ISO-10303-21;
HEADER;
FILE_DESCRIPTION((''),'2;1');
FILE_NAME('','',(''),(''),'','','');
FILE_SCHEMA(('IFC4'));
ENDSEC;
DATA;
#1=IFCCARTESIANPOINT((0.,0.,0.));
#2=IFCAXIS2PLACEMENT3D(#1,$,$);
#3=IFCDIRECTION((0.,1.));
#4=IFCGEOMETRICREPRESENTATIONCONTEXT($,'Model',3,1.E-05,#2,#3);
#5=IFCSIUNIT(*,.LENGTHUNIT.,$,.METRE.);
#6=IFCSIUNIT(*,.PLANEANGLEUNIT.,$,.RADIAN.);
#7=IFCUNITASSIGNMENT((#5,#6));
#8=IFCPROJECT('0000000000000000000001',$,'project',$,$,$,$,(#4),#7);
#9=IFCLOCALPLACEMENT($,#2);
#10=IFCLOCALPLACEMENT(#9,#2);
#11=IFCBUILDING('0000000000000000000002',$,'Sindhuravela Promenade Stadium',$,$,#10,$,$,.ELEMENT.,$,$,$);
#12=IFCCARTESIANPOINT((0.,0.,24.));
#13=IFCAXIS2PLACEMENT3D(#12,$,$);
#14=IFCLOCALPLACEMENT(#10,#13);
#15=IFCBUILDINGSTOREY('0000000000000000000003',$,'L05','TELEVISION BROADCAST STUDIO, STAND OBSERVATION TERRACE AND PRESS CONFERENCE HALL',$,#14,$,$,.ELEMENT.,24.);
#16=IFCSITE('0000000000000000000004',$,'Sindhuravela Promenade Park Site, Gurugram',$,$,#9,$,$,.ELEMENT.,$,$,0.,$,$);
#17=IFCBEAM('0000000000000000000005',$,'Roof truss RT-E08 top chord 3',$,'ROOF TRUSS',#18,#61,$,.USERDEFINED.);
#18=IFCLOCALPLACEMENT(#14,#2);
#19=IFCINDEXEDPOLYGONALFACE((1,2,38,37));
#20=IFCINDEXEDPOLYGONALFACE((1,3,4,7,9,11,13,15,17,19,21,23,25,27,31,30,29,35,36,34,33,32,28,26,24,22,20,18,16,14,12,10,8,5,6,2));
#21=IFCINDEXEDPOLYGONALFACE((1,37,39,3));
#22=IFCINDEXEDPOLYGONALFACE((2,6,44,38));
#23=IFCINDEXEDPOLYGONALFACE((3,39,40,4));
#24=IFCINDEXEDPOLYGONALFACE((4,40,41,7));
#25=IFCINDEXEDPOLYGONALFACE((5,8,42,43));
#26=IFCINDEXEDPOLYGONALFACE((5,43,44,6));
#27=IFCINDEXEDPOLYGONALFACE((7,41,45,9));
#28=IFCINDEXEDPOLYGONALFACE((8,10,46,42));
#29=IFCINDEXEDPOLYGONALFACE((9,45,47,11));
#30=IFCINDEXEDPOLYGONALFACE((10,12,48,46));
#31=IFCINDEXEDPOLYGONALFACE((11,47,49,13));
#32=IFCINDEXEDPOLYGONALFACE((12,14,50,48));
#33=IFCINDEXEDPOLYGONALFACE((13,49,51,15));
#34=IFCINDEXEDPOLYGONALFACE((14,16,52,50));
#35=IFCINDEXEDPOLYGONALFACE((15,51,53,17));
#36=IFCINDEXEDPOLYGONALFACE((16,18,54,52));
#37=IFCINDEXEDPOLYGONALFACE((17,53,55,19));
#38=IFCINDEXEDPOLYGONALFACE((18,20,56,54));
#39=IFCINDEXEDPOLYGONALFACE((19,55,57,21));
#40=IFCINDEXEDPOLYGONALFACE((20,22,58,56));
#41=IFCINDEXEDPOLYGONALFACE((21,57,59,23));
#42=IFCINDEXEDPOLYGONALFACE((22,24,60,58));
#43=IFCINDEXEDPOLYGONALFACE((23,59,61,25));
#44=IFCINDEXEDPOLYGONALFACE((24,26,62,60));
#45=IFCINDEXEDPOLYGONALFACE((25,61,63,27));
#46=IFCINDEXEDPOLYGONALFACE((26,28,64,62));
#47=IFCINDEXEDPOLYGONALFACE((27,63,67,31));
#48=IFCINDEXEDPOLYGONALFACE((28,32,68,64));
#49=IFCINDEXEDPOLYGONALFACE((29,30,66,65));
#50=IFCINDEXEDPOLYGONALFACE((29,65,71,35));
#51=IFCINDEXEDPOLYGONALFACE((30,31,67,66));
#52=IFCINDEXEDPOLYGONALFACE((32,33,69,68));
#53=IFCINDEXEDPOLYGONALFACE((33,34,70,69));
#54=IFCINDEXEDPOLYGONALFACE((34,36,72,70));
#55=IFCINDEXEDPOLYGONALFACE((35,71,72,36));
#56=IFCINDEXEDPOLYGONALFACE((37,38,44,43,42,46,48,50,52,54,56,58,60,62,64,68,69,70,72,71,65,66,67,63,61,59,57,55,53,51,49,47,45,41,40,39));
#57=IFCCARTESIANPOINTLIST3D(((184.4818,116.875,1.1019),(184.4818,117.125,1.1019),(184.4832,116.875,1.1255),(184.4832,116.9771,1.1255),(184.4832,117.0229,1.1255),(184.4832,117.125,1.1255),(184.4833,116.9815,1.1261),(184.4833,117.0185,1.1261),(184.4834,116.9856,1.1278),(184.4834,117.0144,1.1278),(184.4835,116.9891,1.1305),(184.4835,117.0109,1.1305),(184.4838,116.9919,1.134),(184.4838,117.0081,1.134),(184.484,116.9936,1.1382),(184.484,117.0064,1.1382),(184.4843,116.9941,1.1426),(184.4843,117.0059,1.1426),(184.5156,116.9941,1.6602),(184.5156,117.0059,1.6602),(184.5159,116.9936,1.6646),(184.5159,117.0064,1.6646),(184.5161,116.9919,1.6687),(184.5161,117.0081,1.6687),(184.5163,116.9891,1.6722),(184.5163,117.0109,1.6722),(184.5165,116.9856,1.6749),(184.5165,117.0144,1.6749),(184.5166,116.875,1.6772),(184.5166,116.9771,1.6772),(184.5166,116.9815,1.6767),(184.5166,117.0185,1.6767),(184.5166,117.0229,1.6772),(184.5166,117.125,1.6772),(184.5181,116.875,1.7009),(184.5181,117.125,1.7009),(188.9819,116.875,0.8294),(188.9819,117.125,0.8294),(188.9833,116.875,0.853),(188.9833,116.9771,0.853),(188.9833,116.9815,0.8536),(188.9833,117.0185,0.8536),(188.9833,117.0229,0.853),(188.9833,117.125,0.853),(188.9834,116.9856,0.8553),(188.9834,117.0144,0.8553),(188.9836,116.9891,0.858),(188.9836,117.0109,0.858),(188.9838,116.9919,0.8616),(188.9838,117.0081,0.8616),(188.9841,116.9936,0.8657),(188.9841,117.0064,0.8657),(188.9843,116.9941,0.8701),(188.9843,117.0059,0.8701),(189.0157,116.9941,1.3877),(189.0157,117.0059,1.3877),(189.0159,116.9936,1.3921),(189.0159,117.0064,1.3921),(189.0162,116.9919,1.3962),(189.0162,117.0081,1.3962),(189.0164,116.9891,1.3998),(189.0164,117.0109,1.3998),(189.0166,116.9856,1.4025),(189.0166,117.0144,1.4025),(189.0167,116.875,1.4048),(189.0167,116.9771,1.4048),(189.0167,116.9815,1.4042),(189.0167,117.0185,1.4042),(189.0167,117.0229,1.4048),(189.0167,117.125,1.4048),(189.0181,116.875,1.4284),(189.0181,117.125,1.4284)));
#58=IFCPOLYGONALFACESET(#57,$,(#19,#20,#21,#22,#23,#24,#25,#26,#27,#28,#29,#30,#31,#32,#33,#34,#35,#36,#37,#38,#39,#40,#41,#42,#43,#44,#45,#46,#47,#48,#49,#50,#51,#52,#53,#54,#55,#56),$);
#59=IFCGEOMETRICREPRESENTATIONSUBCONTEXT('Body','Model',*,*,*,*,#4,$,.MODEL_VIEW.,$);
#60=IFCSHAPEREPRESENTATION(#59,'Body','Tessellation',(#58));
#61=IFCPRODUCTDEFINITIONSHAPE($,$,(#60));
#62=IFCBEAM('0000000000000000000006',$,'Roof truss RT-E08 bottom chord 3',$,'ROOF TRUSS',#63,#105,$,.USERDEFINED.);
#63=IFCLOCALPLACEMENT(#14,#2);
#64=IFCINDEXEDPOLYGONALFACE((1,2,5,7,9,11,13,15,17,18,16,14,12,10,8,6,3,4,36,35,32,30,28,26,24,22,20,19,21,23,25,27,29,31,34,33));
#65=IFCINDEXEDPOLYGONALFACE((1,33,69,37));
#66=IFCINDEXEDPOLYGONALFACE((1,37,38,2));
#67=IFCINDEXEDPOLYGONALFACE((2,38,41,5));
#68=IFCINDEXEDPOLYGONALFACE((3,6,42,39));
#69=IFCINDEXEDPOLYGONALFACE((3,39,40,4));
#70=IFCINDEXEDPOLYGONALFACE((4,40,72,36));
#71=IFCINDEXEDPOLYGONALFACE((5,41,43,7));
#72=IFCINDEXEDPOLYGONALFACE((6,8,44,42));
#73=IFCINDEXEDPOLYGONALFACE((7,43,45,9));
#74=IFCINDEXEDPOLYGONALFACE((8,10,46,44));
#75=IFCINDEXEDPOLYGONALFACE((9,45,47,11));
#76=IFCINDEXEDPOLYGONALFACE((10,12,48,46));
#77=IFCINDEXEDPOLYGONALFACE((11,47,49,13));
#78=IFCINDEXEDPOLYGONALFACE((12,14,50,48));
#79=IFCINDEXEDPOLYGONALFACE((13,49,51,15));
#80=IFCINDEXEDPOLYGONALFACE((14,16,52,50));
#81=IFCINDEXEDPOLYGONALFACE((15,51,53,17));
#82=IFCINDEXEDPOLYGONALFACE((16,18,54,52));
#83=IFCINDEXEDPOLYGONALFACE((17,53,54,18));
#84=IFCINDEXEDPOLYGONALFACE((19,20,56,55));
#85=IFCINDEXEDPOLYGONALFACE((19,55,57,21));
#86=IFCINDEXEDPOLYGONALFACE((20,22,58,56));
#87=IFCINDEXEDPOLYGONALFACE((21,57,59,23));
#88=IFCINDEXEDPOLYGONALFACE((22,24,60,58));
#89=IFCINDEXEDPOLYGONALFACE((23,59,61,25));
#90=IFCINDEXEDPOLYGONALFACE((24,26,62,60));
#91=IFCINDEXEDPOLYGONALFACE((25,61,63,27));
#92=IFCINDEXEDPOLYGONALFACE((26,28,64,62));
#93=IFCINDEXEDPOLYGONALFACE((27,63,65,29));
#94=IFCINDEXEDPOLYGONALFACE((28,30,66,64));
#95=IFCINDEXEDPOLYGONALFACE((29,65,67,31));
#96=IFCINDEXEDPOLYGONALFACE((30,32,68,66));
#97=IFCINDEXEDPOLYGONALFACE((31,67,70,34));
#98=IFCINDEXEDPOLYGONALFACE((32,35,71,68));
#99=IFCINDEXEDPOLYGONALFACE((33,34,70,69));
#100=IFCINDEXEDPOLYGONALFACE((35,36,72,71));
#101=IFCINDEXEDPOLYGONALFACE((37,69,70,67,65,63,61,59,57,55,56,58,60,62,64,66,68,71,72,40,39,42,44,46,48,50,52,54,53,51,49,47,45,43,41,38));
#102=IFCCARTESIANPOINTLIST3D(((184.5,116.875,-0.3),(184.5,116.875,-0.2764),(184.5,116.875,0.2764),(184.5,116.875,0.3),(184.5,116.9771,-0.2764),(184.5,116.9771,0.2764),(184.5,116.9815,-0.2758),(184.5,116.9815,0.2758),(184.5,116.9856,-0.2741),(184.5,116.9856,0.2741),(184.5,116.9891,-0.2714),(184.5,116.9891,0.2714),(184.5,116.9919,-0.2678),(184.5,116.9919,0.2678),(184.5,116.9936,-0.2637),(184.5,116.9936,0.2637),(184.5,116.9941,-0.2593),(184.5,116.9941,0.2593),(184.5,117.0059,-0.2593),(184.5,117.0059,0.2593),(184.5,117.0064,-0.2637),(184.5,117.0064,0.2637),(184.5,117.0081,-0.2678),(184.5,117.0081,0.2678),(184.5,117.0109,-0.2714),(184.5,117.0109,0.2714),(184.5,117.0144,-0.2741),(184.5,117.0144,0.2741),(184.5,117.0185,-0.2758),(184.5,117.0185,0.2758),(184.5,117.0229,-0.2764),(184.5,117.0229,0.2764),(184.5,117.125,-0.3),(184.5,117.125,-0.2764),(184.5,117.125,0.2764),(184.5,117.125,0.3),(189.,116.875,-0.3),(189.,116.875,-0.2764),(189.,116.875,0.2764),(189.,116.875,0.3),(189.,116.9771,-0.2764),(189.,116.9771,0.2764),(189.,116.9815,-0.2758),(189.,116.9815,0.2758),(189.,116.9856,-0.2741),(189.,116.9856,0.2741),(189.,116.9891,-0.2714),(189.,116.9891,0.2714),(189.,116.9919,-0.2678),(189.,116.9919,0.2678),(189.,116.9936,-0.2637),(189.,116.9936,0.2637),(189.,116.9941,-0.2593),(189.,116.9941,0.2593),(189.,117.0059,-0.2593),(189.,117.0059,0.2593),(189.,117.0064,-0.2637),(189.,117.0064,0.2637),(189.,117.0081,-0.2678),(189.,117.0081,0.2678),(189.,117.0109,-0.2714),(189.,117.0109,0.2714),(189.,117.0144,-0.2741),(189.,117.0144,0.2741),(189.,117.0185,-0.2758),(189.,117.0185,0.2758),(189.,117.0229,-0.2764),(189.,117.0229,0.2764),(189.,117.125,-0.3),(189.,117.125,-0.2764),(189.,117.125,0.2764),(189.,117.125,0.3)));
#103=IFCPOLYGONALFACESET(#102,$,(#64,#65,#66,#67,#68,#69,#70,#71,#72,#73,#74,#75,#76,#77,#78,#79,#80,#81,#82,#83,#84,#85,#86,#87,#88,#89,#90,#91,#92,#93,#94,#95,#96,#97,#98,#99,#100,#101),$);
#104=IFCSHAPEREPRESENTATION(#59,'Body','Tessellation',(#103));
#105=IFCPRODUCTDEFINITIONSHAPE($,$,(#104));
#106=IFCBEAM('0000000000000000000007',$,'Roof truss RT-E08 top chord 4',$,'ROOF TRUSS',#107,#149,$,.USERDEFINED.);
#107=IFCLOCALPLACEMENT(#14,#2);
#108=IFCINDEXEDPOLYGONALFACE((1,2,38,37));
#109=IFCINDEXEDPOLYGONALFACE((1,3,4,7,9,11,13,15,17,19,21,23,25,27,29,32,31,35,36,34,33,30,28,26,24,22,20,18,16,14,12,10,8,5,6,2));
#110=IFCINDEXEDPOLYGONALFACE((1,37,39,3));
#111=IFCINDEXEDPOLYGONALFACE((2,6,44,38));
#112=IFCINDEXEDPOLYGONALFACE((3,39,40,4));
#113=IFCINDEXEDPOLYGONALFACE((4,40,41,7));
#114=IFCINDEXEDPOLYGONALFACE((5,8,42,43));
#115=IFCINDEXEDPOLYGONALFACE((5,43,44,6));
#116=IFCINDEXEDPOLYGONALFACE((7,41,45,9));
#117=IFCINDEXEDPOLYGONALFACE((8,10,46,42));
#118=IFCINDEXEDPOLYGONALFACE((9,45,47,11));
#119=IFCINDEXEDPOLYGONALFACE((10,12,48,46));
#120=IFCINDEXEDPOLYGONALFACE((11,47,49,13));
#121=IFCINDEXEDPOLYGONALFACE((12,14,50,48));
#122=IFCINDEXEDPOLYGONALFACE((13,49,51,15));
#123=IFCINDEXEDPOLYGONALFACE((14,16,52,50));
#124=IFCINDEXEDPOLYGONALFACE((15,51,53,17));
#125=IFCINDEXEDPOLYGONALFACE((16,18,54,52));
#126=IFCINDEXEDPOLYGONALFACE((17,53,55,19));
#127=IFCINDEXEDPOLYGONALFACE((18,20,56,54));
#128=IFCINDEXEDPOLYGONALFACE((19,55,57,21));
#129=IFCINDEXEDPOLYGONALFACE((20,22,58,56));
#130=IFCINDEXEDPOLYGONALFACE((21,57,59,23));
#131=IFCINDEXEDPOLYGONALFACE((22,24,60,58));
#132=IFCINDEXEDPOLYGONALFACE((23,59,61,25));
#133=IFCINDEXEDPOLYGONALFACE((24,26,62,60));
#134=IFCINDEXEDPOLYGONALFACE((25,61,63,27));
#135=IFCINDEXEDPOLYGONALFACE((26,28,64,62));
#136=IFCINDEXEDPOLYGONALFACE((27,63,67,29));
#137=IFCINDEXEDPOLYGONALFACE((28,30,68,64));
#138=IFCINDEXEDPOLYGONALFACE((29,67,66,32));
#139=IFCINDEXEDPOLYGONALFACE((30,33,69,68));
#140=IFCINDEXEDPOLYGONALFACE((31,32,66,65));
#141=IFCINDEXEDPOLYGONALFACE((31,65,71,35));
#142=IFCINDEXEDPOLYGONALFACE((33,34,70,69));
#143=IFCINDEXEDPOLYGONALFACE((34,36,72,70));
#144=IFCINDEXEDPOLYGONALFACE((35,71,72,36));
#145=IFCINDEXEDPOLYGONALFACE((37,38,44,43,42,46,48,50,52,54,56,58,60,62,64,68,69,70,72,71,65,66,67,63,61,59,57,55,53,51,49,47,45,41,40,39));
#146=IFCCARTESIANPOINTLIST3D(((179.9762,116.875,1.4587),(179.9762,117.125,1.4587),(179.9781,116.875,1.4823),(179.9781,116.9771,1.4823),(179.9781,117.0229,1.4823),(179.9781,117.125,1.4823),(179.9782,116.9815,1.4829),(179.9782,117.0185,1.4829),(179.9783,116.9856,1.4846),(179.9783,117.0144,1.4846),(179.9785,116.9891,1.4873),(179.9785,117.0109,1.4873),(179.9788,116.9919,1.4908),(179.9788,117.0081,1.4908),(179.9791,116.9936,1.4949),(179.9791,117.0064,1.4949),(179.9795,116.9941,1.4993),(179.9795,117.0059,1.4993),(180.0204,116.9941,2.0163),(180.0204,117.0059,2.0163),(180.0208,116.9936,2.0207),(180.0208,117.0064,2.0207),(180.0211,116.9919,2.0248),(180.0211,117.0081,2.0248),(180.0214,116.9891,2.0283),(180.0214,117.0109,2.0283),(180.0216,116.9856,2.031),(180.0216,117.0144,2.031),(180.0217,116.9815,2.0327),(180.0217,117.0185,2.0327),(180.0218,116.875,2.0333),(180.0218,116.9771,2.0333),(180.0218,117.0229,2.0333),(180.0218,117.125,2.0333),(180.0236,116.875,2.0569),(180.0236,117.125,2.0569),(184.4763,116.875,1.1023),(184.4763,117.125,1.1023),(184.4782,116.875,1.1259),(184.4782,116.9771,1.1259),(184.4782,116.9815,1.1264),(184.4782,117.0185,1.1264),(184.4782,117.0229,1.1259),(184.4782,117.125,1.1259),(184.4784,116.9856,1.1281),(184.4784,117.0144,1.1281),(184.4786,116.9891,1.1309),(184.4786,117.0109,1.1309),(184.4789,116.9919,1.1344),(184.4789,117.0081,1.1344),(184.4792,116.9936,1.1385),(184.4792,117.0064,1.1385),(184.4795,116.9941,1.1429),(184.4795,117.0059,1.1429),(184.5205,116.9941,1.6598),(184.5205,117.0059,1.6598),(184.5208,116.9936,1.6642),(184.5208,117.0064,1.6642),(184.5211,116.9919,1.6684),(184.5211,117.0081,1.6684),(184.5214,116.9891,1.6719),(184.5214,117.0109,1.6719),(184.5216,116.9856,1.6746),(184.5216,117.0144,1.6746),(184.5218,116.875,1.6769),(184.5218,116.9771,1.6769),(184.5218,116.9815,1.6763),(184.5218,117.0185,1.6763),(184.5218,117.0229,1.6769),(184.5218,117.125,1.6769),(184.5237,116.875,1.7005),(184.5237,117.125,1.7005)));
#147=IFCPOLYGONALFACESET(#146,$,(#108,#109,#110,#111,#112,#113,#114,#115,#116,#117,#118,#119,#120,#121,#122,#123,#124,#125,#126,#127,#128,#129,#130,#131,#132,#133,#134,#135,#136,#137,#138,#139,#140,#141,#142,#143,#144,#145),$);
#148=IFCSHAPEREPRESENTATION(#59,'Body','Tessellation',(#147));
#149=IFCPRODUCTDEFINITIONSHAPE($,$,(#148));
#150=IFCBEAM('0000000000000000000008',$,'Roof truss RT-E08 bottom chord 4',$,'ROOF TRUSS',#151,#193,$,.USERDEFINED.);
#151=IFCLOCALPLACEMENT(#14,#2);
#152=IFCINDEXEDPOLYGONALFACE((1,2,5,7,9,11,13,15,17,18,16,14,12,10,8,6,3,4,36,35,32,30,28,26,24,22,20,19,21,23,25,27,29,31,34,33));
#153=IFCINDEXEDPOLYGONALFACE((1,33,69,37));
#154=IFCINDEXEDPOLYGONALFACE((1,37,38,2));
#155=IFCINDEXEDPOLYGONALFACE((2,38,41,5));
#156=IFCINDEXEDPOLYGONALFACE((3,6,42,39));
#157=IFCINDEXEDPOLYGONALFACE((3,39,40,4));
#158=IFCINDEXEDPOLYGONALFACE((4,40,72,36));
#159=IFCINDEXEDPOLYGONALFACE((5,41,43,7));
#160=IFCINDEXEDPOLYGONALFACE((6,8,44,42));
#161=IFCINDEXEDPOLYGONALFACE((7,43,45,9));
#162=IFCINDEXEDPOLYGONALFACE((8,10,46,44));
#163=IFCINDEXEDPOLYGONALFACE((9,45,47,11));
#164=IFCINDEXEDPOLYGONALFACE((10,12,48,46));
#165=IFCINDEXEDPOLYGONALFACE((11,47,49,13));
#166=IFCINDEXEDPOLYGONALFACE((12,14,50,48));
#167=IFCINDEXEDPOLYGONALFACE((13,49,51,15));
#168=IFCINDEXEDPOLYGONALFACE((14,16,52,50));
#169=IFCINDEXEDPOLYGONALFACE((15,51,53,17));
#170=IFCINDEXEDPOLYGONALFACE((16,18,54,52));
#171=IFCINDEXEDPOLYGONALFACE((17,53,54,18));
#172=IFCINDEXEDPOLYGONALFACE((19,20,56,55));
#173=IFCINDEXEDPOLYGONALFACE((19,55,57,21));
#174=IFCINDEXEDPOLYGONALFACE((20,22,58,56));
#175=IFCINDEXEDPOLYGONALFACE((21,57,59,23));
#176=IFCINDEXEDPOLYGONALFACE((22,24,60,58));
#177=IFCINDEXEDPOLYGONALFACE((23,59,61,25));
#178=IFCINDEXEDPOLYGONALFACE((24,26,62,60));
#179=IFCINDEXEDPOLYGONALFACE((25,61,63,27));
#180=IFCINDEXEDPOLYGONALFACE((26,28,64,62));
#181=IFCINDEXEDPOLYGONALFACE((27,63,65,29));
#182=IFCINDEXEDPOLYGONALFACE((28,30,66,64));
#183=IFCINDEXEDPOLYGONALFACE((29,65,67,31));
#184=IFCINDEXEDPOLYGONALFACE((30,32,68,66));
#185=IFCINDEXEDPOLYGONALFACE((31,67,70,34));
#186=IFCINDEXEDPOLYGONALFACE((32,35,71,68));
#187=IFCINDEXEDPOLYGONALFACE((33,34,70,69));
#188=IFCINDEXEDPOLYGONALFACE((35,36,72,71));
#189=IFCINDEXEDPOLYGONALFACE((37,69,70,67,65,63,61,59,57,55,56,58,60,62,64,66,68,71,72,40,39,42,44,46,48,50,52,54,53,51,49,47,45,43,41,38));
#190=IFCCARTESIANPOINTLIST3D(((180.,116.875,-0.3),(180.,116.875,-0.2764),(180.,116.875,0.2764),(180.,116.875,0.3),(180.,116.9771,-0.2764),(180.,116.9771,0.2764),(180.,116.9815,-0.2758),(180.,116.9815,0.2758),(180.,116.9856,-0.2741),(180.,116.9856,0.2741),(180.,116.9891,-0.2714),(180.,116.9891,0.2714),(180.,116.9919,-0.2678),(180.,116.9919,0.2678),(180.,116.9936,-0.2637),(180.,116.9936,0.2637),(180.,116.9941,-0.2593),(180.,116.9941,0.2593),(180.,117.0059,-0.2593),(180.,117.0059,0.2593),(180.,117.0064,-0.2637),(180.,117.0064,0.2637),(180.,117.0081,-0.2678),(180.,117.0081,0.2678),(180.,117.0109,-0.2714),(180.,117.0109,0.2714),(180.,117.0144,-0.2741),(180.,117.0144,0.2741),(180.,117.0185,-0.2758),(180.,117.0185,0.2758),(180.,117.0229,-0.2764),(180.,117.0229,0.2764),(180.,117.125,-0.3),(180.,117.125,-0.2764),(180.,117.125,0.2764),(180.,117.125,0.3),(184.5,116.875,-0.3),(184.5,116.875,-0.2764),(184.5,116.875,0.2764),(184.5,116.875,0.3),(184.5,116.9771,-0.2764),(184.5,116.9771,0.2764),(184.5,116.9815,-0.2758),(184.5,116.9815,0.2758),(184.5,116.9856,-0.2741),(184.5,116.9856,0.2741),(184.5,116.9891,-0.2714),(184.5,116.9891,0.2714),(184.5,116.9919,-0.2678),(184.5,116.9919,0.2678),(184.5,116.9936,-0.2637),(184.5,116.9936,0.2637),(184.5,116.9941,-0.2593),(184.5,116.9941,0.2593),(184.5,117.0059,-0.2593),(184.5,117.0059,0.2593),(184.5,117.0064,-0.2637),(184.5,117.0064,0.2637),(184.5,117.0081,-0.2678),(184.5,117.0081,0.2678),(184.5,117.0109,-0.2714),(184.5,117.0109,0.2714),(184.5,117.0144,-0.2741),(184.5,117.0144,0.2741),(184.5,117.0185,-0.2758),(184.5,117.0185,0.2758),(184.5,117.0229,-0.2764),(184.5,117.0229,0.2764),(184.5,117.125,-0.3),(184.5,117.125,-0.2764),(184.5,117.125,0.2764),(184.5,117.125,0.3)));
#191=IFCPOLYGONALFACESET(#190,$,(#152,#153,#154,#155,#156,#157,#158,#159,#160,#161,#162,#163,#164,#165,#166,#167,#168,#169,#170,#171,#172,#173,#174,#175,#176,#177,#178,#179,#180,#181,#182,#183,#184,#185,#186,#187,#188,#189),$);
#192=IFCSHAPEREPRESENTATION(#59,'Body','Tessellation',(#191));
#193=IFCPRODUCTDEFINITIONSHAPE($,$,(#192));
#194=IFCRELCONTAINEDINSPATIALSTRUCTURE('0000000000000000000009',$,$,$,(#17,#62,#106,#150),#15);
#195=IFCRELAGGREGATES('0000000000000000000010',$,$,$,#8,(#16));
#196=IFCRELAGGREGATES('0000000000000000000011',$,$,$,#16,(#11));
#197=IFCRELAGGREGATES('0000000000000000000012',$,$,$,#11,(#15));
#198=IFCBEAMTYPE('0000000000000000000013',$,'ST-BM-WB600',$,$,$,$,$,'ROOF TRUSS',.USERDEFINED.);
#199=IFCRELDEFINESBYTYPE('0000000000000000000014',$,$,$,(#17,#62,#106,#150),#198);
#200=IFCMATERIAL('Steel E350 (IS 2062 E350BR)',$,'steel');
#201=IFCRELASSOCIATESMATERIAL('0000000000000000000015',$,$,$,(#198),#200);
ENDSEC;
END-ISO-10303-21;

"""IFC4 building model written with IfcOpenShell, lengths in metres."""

from ifc_helpers import new_model, si_unit, direction, frame, origin, origin_2d, place, context, subcontext, project, spatial, i_section, extrude, material, material_profile, profile_set, type_object, element, save


model = new_model("IFC4")

# Units and contexts
model_context = context("Model", 3, precision=1e-05, world=origin(), true_north=direction((0.0, 1.0)))
body_context = subcontext(model_context, "Body", "Model", "MODEL_VIEW")
ifc_project = project(units=[si_unit("LENGTHUNIT", "METRE"), si_unit("PLANEANGLEUNIT", "RADIAN")], contexts=[model_context])

# Site, building, storey
site_placement = place(None, origin())
site = spatial("IfcSite", under=ifc_project, at=site_placement, Name="Sindhuravela Promenade Park Site, Gurugram", CompositionType="ELEMENT", RefElevation=0.0)
building_placement = place(site_placement, origin())
building = spatial("IfcBuilding", under=site, at=building_placement, Name="Sindhuravela Promenade Stadium", CompositionType="ELEMENT")
storey_placement = place(building_placement, frame((0.0, 0.0, 24.0)))
storey = spatial("IfcBuildingStorey", under=building, at=storey_placement, Name="L05", Description="TELEVISION BROADCAST STUDIO, STAND OBSERVATION TERRACE AND PRESS CONFERENCE HALL", CompositionType="ELEMENT", Elevation=24.0)

# Beams
ifc_material_1 = material(Name="Steel E350 (IS 2062 E350BR)", Category="steel")
ifc_material_profile_1 = material_profile(ifc_material_1, i_section(OverallWidth=0.25, OverallDepth=0.6001, WebThickness=0.0117, FlangeThickness=0.0237, FilletRadius=0.0171, at=origin_2d()), Name="ISWB 600")
ifc_profile_set_1 = profile_set([ifc_material_profile_1], Name="Steel E350 (IS 2062 E350BR)")
beam_type = type_object("IfcBeamType", Name="ST-BM-WB600", ElementType="ROOF TRUSS", PredefinedType="USERDEFINED", material=ifc_profile_set_1)
beam_1_placement = place(storey_placement, frame((189.0, 117.0, 1.1289), z_axis=(-0.998172, 0.0, 0.060436), x_axis=(0.0, -1.0, 0.0)))
element("IfcBeam", 1, at=beam_1_placement, inside=storey, type_object=beam_type, Name="Roof truss RT-E08 top chord 3", ObjectType="ROOF TRUSS", PredefinedType="USERDEFINED", context=body_context, shape_type="SweptSolid", body=[
    extrude(i_section(OverallWidth=0.25, OverallDepth=0.6001, WebThickness=0.0117, FlangeThickness=0.0237, FilletRadius=0.0171, at=origin_2d()), origin(), (0.0, 0.0, 1.0), 4.5083),
])
beam_2_placement = place(storey_placement, frame((189.0, 117.0, 0.0), z_axis=(-1.0, 0.0, 0.0), x_axis=(0.0, -1.0, 0.0)))
element("IfcBeam", 2, at=beam_2_placement, inside=storey, type_object=beam_type, Name="Roof truss RT-E08 bottom chord 3", ObjectType="ROOF TRUSS", PredefinedType="USERDEFINED", context=body_context, shape_type="SweptSolid", body=[
    extrude(i_section(OverallWidth=0.25, OverallDepth=0.6001, WebThickness=0.0117, FlangeThickness=0.0237, FilletRadius=0.0171, at=origin_2d()), origin(), (0.0, 0.0, 1.0), 4.5),
])
beam_3_placement = place(storey_placement, frame((184.5, 117.0, 1.4014), z_axis=(-0.996878, 0.0, 0.078963), x_axis=(0.0, -1.0, 0.0)))
element("IfcBeam", 3, at=beam_3_placement, inside=storey, type_object=beam_type, Name="Roof truss RT-E08 top chord 4", ObjectType="ROOF TRUSS", PredefinedType="USERDEFINED", context=body_context, shape_type="SweptSolid", body=[
    extrude(i_section(OverallWidth=0.25, OverallDepth=0.6001, WebThickness=0.0117, FlangeThickness=0.0237, FilletRadius=0.0171, at=origin_2d()), origin(), (0.0, 0.0, 1.0), 4.5142),
])
beam_4_placement = place(storey_placement, frame((184.5, 117.0, 0.0), z_axis=(-1.0, 0.0, 0.0), x_axis=(0.0, -1.0, 0.0)))
element("IfcBeam", 4, at=beam_4_placement, inside=storey, type_object=beam_type, Name="Roof truss RT-E08 bottom chord 4", ObjectType="ROOF TRUSS", PredefinedType="USERDEFINED", context=body_context, shape_type="SweptSolid", body=[
    extrude(i_section(OverallWidth=0.25, OverallDepth=0.6001, WebThickness=0.0117, FlangeThickness=0.0237, FilletRadius=0.0171, at=origin_2d()), origin(), (0.0, 0.0, 1.0), 4.5),
])

save(model, "model.ifc")
